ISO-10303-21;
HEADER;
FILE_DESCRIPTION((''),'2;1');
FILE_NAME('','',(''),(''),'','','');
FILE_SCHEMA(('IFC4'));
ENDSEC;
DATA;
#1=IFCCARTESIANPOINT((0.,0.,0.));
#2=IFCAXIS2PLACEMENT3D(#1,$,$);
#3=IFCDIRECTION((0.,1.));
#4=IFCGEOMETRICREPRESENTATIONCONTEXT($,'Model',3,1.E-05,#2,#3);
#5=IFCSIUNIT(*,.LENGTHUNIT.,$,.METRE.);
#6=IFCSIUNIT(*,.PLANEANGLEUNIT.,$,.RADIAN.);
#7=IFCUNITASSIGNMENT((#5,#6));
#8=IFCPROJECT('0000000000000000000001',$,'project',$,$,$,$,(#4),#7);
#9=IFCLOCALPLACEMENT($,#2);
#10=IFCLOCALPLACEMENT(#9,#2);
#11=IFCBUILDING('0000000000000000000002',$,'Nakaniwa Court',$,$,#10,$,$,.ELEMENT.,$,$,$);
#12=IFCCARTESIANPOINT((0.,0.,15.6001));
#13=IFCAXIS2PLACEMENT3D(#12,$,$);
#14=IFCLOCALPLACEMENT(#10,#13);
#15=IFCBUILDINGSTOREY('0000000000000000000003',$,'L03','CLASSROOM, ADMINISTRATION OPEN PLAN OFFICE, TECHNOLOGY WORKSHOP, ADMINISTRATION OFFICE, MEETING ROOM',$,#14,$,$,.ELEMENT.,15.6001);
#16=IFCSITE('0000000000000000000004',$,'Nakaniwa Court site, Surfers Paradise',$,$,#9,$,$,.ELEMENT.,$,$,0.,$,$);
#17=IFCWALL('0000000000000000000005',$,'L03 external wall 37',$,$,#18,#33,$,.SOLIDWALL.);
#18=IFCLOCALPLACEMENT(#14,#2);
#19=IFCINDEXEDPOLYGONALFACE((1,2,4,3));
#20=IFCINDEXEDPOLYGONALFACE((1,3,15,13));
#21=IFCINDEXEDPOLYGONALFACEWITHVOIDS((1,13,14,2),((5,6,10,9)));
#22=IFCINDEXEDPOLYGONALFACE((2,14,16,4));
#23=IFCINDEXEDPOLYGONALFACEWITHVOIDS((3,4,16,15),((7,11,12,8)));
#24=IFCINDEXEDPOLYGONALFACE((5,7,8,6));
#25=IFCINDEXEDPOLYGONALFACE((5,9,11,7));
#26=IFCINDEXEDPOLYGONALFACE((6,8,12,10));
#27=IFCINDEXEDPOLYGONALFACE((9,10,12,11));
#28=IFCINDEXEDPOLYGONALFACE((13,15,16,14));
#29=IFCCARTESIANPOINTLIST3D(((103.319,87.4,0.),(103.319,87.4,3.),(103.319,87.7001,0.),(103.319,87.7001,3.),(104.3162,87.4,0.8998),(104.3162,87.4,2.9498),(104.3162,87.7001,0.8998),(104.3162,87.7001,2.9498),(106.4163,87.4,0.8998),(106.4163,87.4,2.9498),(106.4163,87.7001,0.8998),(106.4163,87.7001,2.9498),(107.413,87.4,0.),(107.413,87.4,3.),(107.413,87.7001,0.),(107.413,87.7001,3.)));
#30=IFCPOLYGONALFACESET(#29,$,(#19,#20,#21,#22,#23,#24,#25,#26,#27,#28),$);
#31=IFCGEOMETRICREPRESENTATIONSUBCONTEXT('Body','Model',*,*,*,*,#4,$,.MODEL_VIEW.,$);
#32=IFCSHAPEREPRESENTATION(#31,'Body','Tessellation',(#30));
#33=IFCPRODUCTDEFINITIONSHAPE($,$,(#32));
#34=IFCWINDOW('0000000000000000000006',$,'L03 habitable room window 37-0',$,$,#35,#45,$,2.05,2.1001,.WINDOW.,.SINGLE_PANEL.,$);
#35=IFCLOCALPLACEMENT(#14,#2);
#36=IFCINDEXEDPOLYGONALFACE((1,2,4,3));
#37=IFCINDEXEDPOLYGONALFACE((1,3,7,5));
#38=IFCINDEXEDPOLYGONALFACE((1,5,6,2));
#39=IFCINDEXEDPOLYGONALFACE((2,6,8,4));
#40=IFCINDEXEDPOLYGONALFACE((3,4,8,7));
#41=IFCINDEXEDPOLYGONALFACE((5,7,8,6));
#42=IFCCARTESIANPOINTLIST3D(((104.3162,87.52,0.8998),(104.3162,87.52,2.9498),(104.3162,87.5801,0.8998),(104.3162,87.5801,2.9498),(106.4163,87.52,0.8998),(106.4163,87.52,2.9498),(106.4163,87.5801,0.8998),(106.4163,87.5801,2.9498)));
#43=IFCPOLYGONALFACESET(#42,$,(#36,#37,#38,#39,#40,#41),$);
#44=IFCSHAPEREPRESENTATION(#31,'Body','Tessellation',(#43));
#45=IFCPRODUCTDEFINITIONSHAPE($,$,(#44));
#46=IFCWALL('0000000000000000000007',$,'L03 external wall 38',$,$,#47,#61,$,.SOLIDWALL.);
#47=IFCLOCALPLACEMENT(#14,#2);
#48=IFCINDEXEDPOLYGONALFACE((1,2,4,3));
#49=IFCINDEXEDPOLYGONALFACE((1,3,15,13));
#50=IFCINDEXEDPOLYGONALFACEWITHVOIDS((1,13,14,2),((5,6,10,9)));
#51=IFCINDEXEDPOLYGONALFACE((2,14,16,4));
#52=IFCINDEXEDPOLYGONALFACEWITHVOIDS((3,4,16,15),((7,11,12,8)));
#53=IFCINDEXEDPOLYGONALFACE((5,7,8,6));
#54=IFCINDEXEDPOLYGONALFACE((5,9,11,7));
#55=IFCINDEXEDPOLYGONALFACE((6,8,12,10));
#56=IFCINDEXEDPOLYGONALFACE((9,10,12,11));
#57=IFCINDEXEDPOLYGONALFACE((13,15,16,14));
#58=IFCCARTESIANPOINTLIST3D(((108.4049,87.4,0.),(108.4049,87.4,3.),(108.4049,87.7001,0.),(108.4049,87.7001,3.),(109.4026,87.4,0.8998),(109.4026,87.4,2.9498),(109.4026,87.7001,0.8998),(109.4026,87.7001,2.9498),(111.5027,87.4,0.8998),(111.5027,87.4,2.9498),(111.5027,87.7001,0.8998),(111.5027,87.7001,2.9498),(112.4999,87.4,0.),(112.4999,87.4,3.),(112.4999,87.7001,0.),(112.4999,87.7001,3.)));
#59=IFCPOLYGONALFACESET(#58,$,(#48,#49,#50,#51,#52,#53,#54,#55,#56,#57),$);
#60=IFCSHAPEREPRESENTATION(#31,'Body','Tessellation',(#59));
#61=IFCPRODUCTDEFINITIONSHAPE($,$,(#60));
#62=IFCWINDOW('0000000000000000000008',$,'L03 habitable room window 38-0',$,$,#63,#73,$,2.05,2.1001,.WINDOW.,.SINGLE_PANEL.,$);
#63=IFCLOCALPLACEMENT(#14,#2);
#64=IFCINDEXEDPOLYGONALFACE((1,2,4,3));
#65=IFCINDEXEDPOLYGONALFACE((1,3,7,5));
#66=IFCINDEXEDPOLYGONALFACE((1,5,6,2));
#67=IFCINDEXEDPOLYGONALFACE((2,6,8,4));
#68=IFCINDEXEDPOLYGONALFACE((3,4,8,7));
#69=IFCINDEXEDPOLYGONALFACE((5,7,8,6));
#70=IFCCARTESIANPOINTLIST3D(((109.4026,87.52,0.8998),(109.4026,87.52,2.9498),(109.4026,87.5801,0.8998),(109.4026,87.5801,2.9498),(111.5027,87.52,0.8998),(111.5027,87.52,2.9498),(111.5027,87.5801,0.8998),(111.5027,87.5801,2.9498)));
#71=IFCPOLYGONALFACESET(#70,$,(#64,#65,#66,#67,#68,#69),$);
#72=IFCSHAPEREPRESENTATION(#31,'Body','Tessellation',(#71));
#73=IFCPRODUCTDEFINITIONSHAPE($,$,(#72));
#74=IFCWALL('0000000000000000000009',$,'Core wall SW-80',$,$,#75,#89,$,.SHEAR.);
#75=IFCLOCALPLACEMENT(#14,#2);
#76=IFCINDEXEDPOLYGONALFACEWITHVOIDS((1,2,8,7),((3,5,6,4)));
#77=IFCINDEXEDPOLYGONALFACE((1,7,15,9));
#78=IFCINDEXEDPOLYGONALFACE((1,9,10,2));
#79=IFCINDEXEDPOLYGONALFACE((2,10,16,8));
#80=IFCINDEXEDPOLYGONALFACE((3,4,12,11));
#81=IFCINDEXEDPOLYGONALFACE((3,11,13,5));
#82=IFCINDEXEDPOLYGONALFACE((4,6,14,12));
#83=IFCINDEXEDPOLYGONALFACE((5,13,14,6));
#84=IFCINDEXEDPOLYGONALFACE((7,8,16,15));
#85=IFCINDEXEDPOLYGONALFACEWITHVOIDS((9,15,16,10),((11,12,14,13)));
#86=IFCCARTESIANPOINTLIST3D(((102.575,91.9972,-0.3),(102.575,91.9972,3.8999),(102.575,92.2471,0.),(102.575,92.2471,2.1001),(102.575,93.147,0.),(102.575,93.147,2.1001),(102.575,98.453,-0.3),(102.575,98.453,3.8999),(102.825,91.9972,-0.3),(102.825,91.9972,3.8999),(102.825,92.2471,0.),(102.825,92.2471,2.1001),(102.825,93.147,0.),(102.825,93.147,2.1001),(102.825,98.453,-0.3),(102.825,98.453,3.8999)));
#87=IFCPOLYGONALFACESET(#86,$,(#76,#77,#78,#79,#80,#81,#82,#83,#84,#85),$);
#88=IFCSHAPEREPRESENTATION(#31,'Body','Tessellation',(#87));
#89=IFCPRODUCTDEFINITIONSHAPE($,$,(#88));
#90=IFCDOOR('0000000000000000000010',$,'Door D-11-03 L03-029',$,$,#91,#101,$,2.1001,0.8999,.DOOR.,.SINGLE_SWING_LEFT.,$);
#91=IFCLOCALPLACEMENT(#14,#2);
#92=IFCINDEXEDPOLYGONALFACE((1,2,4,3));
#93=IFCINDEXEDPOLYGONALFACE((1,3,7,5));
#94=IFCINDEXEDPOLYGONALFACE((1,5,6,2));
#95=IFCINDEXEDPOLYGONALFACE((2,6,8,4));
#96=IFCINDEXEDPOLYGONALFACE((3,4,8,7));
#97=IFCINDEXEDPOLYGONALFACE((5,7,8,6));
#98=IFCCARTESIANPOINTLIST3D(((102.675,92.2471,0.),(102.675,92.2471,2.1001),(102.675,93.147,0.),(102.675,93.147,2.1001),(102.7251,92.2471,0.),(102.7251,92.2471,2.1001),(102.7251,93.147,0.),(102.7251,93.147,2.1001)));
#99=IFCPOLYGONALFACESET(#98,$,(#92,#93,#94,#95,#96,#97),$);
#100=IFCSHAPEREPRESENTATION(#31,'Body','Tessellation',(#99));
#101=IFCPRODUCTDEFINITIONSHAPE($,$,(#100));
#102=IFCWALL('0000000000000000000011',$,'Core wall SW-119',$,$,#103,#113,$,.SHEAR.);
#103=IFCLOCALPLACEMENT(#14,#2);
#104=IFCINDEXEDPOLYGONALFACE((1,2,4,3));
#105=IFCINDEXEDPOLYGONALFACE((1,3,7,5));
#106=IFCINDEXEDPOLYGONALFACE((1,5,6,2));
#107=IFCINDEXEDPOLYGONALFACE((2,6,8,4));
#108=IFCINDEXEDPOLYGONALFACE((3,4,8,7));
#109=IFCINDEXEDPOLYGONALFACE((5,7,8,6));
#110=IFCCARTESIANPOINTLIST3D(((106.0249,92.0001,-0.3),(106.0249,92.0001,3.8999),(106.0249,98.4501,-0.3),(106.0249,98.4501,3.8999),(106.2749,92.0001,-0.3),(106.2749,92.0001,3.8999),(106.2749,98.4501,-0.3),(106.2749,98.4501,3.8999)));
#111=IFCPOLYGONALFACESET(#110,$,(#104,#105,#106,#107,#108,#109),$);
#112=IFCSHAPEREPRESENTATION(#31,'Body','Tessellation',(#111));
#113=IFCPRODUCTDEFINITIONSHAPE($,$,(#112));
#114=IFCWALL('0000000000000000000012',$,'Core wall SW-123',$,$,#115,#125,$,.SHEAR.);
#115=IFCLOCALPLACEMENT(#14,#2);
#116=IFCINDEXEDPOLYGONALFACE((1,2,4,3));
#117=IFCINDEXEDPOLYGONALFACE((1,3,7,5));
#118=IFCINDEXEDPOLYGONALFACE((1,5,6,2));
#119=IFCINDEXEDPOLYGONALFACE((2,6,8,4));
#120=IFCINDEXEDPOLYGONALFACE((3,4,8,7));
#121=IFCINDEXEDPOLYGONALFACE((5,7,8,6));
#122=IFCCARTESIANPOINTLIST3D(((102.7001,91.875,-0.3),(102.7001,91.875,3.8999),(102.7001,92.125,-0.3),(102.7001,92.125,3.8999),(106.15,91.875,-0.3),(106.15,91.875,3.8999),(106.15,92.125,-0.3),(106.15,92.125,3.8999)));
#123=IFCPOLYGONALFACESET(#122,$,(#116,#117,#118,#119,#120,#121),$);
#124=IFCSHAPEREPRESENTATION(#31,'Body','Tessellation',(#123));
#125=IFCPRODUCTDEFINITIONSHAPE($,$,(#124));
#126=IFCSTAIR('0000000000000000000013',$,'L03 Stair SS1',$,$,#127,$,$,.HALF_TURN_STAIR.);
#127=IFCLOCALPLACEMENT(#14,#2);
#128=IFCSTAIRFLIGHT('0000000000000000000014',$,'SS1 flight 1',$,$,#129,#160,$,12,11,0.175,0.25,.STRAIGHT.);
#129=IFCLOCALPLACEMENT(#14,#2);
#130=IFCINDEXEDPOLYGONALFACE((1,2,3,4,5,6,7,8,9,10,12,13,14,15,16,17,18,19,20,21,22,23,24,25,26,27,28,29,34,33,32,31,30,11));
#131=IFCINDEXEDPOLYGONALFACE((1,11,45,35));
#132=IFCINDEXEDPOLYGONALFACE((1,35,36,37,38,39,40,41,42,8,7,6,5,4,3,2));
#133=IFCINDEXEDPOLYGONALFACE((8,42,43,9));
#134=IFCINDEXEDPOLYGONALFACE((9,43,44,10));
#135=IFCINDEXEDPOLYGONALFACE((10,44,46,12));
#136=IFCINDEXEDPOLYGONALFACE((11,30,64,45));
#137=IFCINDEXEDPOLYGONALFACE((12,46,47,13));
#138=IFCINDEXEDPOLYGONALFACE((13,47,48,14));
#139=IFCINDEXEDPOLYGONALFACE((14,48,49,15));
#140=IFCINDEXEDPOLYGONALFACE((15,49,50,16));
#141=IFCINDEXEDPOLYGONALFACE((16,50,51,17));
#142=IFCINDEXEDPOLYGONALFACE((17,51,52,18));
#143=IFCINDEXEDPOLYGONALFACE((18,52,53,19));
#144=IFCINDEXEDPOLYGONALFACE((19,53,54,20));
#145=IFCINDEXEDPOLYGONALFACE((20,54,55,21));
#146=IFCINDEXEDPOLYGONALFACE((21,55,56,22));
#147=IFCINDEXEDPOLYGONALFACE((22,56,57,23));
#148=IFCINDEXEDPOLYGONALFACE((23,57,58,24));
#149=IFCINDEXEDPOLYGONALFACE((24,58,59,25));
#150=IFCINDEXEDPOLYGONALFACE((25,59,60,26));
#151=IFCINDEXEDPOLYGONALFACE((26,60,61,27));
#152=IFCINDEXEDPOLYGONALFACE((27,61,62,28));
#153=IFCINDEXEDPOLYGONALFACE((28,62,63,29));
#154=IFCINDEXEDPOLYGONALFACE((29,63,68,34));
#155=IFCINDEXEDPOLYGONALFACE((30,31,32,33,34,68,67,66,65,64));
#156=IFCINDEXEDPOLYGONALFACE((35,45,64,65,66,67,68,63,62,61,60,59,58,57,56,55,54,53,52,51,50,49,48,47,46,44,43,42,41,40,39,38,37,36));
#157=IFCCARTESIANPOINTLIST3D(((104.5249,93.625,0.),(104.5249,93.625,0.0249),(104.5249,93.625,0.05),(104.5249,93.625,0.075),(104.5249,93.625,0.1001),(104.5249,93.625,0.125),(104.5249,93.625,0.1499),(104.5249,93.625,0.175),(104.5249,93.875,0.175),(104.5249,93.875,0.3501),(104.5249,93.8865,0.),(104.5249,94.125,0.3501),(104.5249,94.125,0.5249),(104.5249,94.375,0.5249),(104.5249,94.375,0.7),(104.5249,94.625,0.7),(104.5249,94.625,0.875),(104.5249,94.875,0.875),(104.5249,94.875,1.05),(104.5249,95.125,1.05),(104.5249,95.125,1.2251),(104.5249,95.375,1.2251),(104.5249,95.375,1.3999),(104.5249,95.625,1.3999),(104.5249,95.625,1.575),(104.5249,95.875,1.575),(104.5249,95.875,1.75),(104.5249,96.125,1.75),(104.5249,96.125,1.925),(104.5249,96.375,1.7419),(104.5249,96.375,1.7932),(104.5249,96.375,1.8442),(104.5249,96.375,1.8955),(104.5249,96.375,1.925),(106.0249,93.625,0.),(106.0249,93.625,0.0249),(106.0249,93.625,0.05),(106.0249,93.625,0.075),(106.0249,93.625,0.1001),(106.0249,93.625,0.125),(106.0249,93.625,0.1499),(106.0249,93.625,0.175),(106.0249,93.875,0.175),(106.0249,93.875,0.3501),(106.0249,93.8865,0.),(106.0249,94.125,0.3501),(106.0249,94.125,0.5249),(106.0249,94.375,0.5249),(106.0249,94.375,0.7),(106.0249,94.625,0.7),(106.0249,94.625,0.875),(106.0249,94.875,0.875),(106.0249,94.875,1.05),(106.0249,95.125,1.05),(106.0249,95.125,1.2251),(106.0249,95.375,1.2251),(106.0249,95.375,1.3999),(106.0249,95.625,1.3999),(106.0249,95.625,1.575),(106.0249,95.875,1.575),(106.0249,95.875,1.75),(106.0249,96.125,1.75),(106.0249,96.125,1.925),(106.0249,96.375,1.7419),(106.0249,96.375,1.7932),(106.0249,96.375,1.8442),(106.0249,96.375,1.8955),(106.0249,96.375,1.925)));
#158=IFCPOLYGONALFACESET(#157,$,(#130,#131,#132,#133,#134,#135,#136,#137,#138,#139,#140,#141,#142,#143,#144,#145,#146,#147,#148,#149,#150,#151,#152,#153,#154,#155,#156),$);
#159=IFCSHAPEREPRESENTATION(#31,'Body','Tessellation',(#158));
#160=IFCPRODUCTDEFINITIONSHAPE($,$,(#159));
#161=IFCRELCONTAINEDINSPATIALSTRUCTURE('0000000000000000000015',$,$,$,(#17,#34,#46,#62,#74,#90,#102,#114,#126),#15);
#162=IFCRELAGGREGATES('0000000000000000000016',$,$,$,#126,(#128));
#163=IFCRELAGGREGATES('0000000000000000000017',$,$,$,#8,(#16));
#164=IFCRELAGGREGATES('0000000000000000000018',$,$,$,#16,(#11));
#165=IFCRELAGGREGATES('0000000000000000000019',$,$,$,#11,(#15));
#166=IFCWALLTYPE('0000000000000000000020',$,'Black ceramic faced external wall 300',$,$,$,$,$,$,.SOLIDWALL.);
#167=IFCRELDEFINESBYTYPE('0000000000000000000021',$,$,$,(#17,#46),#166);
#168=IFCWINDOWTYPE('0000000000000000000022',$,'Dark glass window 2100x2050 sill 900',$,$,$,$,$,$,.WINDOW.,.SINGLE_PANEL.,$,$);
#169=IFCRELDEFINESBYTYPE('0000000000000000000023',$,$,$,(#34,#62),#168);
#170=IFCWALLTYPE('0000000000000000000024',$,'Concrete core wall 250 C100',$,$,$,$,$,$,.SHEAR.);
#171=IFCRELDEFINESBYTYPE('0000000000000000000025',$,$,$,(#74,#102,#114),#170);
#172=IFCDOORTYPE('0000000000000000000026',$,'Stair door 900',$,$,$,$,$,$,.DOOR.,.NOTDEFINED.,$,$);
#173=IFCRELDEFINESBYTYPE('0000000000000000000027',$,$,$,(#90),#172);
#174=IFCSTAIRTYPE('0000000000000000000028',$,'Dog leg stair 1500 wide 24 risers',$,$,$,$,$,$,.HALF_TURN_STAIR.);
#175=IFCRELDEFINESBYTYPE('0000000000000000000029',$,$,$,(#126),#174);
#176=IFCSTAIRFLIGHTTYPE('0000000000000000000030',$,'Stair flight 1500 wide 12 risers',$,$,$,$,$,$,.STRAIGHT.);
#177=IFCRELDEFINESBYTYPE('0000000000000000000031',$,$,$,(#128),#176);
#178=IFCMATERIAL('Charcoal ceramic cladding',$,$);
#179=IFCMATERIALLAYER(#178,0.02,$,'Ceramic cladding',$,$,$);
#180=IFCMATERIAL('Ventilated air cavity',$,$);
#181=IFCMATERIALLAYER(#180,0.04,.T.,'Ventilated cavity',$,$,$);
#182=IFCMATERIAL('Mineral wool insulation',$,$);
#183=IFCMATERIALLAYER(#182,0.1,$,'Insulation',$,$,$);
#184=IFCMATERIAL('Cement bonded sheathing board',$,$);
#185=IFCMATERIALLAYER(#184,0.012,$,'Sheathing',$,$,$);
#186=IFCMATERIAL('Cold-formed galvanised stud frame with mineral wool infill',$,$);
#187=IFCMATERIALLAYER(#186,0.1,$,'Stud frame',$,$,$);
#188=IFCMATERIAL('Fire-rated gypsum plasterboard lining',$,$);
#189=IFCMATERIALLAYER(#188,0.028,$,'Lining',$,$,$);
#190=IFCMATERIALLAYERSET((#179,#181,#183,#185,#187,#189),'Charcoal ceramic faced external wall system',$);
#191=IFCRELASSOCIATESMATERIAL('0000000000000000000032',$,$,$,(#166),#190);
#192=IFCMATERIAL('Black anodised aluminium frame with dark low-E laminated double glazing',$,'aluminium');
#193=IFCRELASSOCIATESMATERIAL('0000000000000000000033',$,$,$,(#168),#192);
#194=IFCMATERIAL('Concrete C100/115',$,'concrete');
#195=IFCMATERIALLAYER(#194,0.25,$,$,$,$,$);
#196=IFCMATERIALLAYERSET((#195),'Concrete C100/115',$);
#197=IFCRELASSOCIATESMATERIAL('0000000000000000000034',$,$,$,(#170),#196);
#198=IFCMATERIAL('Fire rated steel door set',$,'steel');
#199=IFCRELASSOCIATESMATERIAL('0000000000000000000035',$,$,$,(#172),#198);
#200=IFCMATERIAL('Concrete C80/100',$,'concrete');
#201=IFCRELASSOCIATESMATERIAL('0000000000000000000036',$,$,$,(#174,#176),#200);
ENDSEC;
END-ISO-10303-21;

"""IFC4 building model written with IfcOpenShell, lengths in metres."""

from ifc_helpers import new_model, si_unit, direction, frame, frame_2d, origin, place, context, subcontext, project, spatial, polyline, rectangle, outline, extrude, material, layer, layer_set, type_object, element, fill, aggregate, save


model = new_model("IFC4")

# Units and contexts
model_context = context("Model", 3, precision=1e-05, world=origin(), true_north=direction((0.0, 1.0)))
body_context = subcontext(model_context, "Body", "Model", "MODEL_VIEW")
ifc_project = project(units=[si_unit("LENGTHUNIT", "METRE"), si_unit("PLANEANGLEUNIT", "RADIAN")], contexts=[model_context])

# Site, building, storey
site_placement = place(None, origin())
site = spatial("IfcSite", under=ifc_project, at=site_placement, Name="Nakaniwa Court site, Surfers Paradise", CompositionType="ELEMENT", RefElevation=0.0)
building_placement = place(site_placement, origin())
building = spatial("IfcBuilding", under=site, at=building_placement, Name="Nakaniwa Court", CompositionType="ELEMENT")
storey_placement = place(building_placement, frame((0.0, 0.0, 15.6001)))
storey = spatial("IfcBuildingStorey", under=building, at=storey_placement, Name="L03", Description="CLASSROOM, ADMINISTRATION OPEN PLAN OFFICE, TECHNOLOGY WORKSHOP, ADMINISTRATION OFFICE, MEETING ROOM", CompositionType="ELEMENT", Elevation=15.6001)

# Shared definitions
ifc_material_1 = material(Name="Concrete C100/115", Category="concrete")

# Shared definitions
ifc_material_2 = material(Name="Black anodised aluminium frame with dark low-E laminated double glazing", Category="aluminium")

# Walls, openings, windows
ifc_material_3 = material(Name="Charcoal ceramic cladding")
ifc_layer_1 = layer(ifc_material_3, 0.02, Name="Ceramic cladding")
ifc_material_4 = material(Name="Ventilated air cavity")
ifc_layer_2 = layer(ifc_material_4, 0.04, ventilated=True, Name="Ventilated cavity")
ifc_material_5 = material(Name="Mineral wool insulation")
ifc_layer_3 = layer(ifc_material_5, 0.1, Name="Insulation")
ifc_material_6 = material(Name="Cement bonded sheathing board")
ifc_layer_4 = layer(ifc_material_6, 0.012, Name="Sheathing")
ifc_material_7 = material(Name="Cold-formed galvanised stud frame with mineral wool infill")
ifc_layer_5 = layer(ifc_material_7, 0.1, Name="Stud frame")
ifc_material_8 = material(Name="Fire-rated gypsum plasterboard lining")
ifc_layer_6 = layer(ifc_material_8, 0.028, Name="Lining")
ifc_layer_set_1 = layer_set([ifc_layer_1, ifc_layer_2, ifc_layer_3, ifc_layer_4, ifc_layer_5, ifc_layer_6], Name="Charcoal ceramic faced external wall system")
wall_type_1 = type_object("IfcWallType", Name="Black ceramic faced external wall 300", PredefinedType="SOLIDWALL", material=ifc_layer_set_1)
wall_1_placement = place(storey_placement, frame((103.3191, 87.55, 0.0), z_axis=(0.0, 0.0, 1.0), x_axis=(1.0, 0.0, 0.0)))
wall_1 = element("IfcWall", 1, at=wall_1_placement, inside=storey, type_object=wall_type_1, Name="L03 external wall 37", PredefinedType="SOLIDWALL", context=body_context, shape_type="SweptSolid", body=[
    extrude(rectangle(XDim=4.094, YDim=0.3, at=frame_2d((2.0469, 0.0))), origin(), (0.0, 0.0, 1.0), 3.0),
])
opening_1_placement = place(wall_1_placement, frame((0.9971, 0.0, 0.8999)))
opening_1 = element("IfcOpeningElement", 2, at=opening_1_placement, cuts=wall_1, PredefinedType="OPENING", context=body_context, shape_type="SweptSolid", body=[
    extrude(rectangle(XDim=2.1001, YDim=2.05, at=frame_2d((1.05, 1.0249))), frame((0.0, 0.1599, 0.0), z_axis=(0.0, -1.0, 0.0), x_axis=(1.0, 0.0, 0.0)), (0.0, 0.0, 1.0), 0.3201),
])
window_type = type_object("IfcWindowType", Name="Dark glass window 2100x2050 sill 900", PartitioningType="SINGLE_PANEL", PredefinedType="WINDOW", material=ifc_material_2)
window_1_placement = place(opening_1_placement, origin())
window_1 = element("IfcWindow", 3, at=window_1_placement, inside=storey, type_object=window_type, Name="L03 habitable room window 37-0", OverallHeight=2.05, OverallWidth=2.1001, PartitioningType="SINGLE_PANEL", PredefinedType="WINDOW", context=body_context, shape_type="SweptSolid", body=[
    extrude(rectangle(XDim=2.1001, YDim=2.05, at=frame_2d((1.05, 1.0249))), frame((0.0, 0.03, 0.0), z_axis=(0.0, -1.0, 0.0), x_axis=(1.0, 0.0, 0.0)), (0.0, 0.0, 1.0), 0.0601),
])
fill(opening_1, window_1)
wall_2_placement = place(storey_placement, frame((108.405, 87.55, 0.0), z_axis=(0.0, 0.0, 1.0), x_axis=(1.0, 0.0, 0.0)))
wall_2 = element("IfcWall", 4, at=wall_2_placement, inside=storey, type_object=wall_type_1, Name="L03 external wall 38", PredefinedType="SOLIDWALL", context=body_context, shape_type="SweptSolid", body=[
    extrude(rectangle(XDim=4.095, YDim=0.3, at=frame_2d((2.0474, 0.0))), origin(), (0.0, 0.0, 1.0), 3.0),
])
opening_2_placement = place(wall_2_placement, frame((0.9976, 0.0, 0.8999)))
opening_2 = element("IfcOpeningElement", 5, at=opening_2_placement, cuts=wall_2, PredefinedType="OPENING", context=body_context, shape_type="SweptSolid", body=[
    extrude(rectangle(XDim=2.1001, YDim=2.05, at=frame_2d((1.05, 1.0249))), frame((0.0, 0.1599, 0.0), z_axis=(0.0, -1.0, 0.0), x_axis=(1.0, 0.0, 0.0)), (0.0, 0.0, 1.0), 0.3201),
])
window_2_placement = place(opening_2_placement, origin())
window_2 = element("IfcWindow", 6, at=window_2_placement, inside=storey, type_object=window_type, Name="L03 habitable room window 38-0", OverallHeight=2.05, OverallWidth=2.1001, PartitioningType="SINGLE_PANEL", PredefinedType="WINDOW", context=body_context, shape_type="SweptSolid", body=[
    extrude(rectangle(XDim=2.1001, YDim=2.05, at=frame_2d((1.05, 1.0249))), frame((0.0, 0.03, 0.0), z_axis=(0.0, -1.0, 0.0), x_axis=(1.0, 0.0, 0.0)), (0.0, 0.0, 1.0), 0.0601),
])
fill(opening_2, window_2)

# Wall, opening, door
ifc_layer_7 = layer(ifc_material_1, 0.25)
ifc_layer_set_2 = layer_set([ifc_layer_7], Name="Concrete C100/115")
wall_type_2 = type_object("IfcWallType", Name="Concrete core wall 250 C100", PredefinedType="SHEAR", material=ifc_layer_set_2)
wall_3_placement = place(storey_placement, frame((102.7, 91.9971, -0.3), z_axis=(0.0, 0.0, 1.0), x_axis=(0.0, 1.0, 0.0)))
wall_3 = element("IfcWall", 7, at=wall_3_placement, inside=storey, type_object=wall_type_2, Name="Core wall SW-80", PredefinedType="SHEAR", context=body_context, shape_type="SweptSolid", body=[
    extrude(rectangle(XDim=6.4558, YDim=0.25, at=frame_2d((3.228, 0.0))), origin(), (0.0, 0.0, 1.0), 4.2),
])
opening_3_placement = place(wall_3_placement, frame((0.25, 0.0, 0.3)))
opening_3 = element("IfcOpeningElement", 8, at=opening_3_placement, cuts=wall_3, PredefinedType="OPENING", context=body_context, shape_type="SweptSolid", body=[
    extrude(rectangle(XDim=0.8999, YDim=2.1001, at=frame_2d((0.45, 1.05))), frame((0.0, 0.135, 0.0), z_axis=(0.0, -1.0, 0.0), x_axis=(1.0, 0.0, 0.0)), (0.0, 0.0, 1.0), 0.27),
])
ifc_material_9 = material(Name="Fire rated steel door set", Category="steel")
door_type_1 = type_object("IfcDoorType", Name="Stair door 900", OperationType="NOTDEFINED", PredefinedType="DOOR", material=ifc_material_9)
door_1_placement = place(opening_3_placement, origin())
door_1 = element("IfcDoor", 9, at=door_1_placement, inside=storey, type_object=door_type_1, Name="Door D-11-03 L03-029", OperationType="SINGLE_SWING_LEFT", OverallHeight=2.1001, OverallWidth=0.8999, PredefinedType="DOOR", context=body_context, shape_type="SweptSolid", body=[
    extrude(rectangle(XDim=0.8999, YDim=2.1001, at=frame_2d((0.45, 1.05))), frame((0.0, 0.0249, 0.0), z_axis=(0.0, -1.0, 0.0), x_axis=(1.0, 0.0, 0.0)), (0.0, 0.0, 1.0), 0.05),
])
fill(opening_3, door_1)

# Walls
wall_4_placement = place(storey_placement, frame((106.1499, 92.0, -0.3), z_axis=(0.0, 0.0, 1.0), x_axis=(0.0, 1.0, 0.0)))
element("IfcWall", 10, at=wall_4_placement, inside=storey, type_object=wall_type_2, Name="Core wall SW-119", PredefinedType="SHEAR", context=body_context, shape_type="SweptSolid", body=[
    extrude(rectangle(XDim=6.45, YDim=0.25, at=frame_2d((3.2251, 0.0))), origin(), (0.0, 0.0, 1.0), 4.2),
])
wall_5_placement = place(storey_placement, frame((102.7, 92.0, -0.3), z_axis=(0.0, 0.0, 1.0), x_axis=(1.0, 0.0, 0.0)))
element("IfcWall", 11, at=wall_5_placement, inside=storey, type_object=wall_type_2, Name="Core wall SW-123", PredefinedType="SHEAR", context=body_context, shape_type="SweptSolid", body=[
    extrude(rectangle(XDim=3.45, YDim=0.25, at=frame_2d((1.7251, 0.0))), origin(), (0.0, 0.0, 1.0), 4.2),
])

# Stair, stair flight
ifc_material_10 = material(Name="Concrete C80/100", Category="concrete")
stair_type = type_object("IfcStairType", Name="Dog leg stair 1500 wide 24 risers", PredefinedType="HALF_TURN_STAIR", material=ifc_material_10)
stair_placement = place(storey_placement, origin())
stair = element("IfcStair", 12, at=stair_placement, inside=storey, type_object=stair_type, Name="L03 Stair SS1", PredefinedType="HALF_TURN_STAIR")
stair_flight_type = type_object("IfcStairFlightType", Name="Stair flight 1500 wide 12 risers", PredefinedType="STRAIGHT", material=ifc_material_10)
stair_flight_1_placement = place(storey_placement, frame((105.2749, 93.625, 0.0), z_axis=(0.0, 0.0, 1.0), x_axis=(0.0, 1.0, 0.0)))
stair_flight_1 = element("IfcStairFlight", 13, at=stair_flight_1_placement, type_object=stair_flight_type, Name="SS1 flight 1", NumberOfRisers=12, NumberOfTreads=11, PredefinedType="STRAIGHT", RiserHeight=0.175, TreadLength=0.25, context=body_context, shape_type="SweptSolid", body=[
    extrude(outline(polyline([(0.0, 0.0), (0.0, 0.0249), (0.0, 0.05), (0.0, 0.075), (0.0, 0.1001), (0.0, 0.125), (0.0, 0.1499), (0.0, 0.175), (0.25, 0.175), (0.25, 0.3501), (0.5, 0.3501), (0.5, 0.5249), (0.75, 0.5249), (0.75, 0.7), (1.0, 0.7), (1.0, 0.875), (1.25, 0.875), (1.25, 1.05), (1.5, 1.05), (1.5, 1.2251), (1.75, 1.2251), (1.75, 1.3999), (2.0, 1.3999), (2.0, 1.575), (2.25, 1.575), (2.25, 1.75), (2.5, 1.75), (2.5, 1.925), (2.75, 1.925), (2.75, 2.1001), (2.75, 2.0488), (2.75, 1.9978), (2.75, 1.9465), (2.75, 1.8955), (2.75, 1.8442), (2.75, 1.7932), (2.75, 1.7419), (0.2615, 0.0), (0.0, 0.0)])), frame((0.0, 0.75, 0.0), z_axis=(0.0, -1.0, 0.0), x_axis=(1.0, 0.0, 0.0)), (0.0, 0.0, 1.0), 1.5),
])
aggregate(stair, [stair_flight_1])

save(model, "model.ifc")
